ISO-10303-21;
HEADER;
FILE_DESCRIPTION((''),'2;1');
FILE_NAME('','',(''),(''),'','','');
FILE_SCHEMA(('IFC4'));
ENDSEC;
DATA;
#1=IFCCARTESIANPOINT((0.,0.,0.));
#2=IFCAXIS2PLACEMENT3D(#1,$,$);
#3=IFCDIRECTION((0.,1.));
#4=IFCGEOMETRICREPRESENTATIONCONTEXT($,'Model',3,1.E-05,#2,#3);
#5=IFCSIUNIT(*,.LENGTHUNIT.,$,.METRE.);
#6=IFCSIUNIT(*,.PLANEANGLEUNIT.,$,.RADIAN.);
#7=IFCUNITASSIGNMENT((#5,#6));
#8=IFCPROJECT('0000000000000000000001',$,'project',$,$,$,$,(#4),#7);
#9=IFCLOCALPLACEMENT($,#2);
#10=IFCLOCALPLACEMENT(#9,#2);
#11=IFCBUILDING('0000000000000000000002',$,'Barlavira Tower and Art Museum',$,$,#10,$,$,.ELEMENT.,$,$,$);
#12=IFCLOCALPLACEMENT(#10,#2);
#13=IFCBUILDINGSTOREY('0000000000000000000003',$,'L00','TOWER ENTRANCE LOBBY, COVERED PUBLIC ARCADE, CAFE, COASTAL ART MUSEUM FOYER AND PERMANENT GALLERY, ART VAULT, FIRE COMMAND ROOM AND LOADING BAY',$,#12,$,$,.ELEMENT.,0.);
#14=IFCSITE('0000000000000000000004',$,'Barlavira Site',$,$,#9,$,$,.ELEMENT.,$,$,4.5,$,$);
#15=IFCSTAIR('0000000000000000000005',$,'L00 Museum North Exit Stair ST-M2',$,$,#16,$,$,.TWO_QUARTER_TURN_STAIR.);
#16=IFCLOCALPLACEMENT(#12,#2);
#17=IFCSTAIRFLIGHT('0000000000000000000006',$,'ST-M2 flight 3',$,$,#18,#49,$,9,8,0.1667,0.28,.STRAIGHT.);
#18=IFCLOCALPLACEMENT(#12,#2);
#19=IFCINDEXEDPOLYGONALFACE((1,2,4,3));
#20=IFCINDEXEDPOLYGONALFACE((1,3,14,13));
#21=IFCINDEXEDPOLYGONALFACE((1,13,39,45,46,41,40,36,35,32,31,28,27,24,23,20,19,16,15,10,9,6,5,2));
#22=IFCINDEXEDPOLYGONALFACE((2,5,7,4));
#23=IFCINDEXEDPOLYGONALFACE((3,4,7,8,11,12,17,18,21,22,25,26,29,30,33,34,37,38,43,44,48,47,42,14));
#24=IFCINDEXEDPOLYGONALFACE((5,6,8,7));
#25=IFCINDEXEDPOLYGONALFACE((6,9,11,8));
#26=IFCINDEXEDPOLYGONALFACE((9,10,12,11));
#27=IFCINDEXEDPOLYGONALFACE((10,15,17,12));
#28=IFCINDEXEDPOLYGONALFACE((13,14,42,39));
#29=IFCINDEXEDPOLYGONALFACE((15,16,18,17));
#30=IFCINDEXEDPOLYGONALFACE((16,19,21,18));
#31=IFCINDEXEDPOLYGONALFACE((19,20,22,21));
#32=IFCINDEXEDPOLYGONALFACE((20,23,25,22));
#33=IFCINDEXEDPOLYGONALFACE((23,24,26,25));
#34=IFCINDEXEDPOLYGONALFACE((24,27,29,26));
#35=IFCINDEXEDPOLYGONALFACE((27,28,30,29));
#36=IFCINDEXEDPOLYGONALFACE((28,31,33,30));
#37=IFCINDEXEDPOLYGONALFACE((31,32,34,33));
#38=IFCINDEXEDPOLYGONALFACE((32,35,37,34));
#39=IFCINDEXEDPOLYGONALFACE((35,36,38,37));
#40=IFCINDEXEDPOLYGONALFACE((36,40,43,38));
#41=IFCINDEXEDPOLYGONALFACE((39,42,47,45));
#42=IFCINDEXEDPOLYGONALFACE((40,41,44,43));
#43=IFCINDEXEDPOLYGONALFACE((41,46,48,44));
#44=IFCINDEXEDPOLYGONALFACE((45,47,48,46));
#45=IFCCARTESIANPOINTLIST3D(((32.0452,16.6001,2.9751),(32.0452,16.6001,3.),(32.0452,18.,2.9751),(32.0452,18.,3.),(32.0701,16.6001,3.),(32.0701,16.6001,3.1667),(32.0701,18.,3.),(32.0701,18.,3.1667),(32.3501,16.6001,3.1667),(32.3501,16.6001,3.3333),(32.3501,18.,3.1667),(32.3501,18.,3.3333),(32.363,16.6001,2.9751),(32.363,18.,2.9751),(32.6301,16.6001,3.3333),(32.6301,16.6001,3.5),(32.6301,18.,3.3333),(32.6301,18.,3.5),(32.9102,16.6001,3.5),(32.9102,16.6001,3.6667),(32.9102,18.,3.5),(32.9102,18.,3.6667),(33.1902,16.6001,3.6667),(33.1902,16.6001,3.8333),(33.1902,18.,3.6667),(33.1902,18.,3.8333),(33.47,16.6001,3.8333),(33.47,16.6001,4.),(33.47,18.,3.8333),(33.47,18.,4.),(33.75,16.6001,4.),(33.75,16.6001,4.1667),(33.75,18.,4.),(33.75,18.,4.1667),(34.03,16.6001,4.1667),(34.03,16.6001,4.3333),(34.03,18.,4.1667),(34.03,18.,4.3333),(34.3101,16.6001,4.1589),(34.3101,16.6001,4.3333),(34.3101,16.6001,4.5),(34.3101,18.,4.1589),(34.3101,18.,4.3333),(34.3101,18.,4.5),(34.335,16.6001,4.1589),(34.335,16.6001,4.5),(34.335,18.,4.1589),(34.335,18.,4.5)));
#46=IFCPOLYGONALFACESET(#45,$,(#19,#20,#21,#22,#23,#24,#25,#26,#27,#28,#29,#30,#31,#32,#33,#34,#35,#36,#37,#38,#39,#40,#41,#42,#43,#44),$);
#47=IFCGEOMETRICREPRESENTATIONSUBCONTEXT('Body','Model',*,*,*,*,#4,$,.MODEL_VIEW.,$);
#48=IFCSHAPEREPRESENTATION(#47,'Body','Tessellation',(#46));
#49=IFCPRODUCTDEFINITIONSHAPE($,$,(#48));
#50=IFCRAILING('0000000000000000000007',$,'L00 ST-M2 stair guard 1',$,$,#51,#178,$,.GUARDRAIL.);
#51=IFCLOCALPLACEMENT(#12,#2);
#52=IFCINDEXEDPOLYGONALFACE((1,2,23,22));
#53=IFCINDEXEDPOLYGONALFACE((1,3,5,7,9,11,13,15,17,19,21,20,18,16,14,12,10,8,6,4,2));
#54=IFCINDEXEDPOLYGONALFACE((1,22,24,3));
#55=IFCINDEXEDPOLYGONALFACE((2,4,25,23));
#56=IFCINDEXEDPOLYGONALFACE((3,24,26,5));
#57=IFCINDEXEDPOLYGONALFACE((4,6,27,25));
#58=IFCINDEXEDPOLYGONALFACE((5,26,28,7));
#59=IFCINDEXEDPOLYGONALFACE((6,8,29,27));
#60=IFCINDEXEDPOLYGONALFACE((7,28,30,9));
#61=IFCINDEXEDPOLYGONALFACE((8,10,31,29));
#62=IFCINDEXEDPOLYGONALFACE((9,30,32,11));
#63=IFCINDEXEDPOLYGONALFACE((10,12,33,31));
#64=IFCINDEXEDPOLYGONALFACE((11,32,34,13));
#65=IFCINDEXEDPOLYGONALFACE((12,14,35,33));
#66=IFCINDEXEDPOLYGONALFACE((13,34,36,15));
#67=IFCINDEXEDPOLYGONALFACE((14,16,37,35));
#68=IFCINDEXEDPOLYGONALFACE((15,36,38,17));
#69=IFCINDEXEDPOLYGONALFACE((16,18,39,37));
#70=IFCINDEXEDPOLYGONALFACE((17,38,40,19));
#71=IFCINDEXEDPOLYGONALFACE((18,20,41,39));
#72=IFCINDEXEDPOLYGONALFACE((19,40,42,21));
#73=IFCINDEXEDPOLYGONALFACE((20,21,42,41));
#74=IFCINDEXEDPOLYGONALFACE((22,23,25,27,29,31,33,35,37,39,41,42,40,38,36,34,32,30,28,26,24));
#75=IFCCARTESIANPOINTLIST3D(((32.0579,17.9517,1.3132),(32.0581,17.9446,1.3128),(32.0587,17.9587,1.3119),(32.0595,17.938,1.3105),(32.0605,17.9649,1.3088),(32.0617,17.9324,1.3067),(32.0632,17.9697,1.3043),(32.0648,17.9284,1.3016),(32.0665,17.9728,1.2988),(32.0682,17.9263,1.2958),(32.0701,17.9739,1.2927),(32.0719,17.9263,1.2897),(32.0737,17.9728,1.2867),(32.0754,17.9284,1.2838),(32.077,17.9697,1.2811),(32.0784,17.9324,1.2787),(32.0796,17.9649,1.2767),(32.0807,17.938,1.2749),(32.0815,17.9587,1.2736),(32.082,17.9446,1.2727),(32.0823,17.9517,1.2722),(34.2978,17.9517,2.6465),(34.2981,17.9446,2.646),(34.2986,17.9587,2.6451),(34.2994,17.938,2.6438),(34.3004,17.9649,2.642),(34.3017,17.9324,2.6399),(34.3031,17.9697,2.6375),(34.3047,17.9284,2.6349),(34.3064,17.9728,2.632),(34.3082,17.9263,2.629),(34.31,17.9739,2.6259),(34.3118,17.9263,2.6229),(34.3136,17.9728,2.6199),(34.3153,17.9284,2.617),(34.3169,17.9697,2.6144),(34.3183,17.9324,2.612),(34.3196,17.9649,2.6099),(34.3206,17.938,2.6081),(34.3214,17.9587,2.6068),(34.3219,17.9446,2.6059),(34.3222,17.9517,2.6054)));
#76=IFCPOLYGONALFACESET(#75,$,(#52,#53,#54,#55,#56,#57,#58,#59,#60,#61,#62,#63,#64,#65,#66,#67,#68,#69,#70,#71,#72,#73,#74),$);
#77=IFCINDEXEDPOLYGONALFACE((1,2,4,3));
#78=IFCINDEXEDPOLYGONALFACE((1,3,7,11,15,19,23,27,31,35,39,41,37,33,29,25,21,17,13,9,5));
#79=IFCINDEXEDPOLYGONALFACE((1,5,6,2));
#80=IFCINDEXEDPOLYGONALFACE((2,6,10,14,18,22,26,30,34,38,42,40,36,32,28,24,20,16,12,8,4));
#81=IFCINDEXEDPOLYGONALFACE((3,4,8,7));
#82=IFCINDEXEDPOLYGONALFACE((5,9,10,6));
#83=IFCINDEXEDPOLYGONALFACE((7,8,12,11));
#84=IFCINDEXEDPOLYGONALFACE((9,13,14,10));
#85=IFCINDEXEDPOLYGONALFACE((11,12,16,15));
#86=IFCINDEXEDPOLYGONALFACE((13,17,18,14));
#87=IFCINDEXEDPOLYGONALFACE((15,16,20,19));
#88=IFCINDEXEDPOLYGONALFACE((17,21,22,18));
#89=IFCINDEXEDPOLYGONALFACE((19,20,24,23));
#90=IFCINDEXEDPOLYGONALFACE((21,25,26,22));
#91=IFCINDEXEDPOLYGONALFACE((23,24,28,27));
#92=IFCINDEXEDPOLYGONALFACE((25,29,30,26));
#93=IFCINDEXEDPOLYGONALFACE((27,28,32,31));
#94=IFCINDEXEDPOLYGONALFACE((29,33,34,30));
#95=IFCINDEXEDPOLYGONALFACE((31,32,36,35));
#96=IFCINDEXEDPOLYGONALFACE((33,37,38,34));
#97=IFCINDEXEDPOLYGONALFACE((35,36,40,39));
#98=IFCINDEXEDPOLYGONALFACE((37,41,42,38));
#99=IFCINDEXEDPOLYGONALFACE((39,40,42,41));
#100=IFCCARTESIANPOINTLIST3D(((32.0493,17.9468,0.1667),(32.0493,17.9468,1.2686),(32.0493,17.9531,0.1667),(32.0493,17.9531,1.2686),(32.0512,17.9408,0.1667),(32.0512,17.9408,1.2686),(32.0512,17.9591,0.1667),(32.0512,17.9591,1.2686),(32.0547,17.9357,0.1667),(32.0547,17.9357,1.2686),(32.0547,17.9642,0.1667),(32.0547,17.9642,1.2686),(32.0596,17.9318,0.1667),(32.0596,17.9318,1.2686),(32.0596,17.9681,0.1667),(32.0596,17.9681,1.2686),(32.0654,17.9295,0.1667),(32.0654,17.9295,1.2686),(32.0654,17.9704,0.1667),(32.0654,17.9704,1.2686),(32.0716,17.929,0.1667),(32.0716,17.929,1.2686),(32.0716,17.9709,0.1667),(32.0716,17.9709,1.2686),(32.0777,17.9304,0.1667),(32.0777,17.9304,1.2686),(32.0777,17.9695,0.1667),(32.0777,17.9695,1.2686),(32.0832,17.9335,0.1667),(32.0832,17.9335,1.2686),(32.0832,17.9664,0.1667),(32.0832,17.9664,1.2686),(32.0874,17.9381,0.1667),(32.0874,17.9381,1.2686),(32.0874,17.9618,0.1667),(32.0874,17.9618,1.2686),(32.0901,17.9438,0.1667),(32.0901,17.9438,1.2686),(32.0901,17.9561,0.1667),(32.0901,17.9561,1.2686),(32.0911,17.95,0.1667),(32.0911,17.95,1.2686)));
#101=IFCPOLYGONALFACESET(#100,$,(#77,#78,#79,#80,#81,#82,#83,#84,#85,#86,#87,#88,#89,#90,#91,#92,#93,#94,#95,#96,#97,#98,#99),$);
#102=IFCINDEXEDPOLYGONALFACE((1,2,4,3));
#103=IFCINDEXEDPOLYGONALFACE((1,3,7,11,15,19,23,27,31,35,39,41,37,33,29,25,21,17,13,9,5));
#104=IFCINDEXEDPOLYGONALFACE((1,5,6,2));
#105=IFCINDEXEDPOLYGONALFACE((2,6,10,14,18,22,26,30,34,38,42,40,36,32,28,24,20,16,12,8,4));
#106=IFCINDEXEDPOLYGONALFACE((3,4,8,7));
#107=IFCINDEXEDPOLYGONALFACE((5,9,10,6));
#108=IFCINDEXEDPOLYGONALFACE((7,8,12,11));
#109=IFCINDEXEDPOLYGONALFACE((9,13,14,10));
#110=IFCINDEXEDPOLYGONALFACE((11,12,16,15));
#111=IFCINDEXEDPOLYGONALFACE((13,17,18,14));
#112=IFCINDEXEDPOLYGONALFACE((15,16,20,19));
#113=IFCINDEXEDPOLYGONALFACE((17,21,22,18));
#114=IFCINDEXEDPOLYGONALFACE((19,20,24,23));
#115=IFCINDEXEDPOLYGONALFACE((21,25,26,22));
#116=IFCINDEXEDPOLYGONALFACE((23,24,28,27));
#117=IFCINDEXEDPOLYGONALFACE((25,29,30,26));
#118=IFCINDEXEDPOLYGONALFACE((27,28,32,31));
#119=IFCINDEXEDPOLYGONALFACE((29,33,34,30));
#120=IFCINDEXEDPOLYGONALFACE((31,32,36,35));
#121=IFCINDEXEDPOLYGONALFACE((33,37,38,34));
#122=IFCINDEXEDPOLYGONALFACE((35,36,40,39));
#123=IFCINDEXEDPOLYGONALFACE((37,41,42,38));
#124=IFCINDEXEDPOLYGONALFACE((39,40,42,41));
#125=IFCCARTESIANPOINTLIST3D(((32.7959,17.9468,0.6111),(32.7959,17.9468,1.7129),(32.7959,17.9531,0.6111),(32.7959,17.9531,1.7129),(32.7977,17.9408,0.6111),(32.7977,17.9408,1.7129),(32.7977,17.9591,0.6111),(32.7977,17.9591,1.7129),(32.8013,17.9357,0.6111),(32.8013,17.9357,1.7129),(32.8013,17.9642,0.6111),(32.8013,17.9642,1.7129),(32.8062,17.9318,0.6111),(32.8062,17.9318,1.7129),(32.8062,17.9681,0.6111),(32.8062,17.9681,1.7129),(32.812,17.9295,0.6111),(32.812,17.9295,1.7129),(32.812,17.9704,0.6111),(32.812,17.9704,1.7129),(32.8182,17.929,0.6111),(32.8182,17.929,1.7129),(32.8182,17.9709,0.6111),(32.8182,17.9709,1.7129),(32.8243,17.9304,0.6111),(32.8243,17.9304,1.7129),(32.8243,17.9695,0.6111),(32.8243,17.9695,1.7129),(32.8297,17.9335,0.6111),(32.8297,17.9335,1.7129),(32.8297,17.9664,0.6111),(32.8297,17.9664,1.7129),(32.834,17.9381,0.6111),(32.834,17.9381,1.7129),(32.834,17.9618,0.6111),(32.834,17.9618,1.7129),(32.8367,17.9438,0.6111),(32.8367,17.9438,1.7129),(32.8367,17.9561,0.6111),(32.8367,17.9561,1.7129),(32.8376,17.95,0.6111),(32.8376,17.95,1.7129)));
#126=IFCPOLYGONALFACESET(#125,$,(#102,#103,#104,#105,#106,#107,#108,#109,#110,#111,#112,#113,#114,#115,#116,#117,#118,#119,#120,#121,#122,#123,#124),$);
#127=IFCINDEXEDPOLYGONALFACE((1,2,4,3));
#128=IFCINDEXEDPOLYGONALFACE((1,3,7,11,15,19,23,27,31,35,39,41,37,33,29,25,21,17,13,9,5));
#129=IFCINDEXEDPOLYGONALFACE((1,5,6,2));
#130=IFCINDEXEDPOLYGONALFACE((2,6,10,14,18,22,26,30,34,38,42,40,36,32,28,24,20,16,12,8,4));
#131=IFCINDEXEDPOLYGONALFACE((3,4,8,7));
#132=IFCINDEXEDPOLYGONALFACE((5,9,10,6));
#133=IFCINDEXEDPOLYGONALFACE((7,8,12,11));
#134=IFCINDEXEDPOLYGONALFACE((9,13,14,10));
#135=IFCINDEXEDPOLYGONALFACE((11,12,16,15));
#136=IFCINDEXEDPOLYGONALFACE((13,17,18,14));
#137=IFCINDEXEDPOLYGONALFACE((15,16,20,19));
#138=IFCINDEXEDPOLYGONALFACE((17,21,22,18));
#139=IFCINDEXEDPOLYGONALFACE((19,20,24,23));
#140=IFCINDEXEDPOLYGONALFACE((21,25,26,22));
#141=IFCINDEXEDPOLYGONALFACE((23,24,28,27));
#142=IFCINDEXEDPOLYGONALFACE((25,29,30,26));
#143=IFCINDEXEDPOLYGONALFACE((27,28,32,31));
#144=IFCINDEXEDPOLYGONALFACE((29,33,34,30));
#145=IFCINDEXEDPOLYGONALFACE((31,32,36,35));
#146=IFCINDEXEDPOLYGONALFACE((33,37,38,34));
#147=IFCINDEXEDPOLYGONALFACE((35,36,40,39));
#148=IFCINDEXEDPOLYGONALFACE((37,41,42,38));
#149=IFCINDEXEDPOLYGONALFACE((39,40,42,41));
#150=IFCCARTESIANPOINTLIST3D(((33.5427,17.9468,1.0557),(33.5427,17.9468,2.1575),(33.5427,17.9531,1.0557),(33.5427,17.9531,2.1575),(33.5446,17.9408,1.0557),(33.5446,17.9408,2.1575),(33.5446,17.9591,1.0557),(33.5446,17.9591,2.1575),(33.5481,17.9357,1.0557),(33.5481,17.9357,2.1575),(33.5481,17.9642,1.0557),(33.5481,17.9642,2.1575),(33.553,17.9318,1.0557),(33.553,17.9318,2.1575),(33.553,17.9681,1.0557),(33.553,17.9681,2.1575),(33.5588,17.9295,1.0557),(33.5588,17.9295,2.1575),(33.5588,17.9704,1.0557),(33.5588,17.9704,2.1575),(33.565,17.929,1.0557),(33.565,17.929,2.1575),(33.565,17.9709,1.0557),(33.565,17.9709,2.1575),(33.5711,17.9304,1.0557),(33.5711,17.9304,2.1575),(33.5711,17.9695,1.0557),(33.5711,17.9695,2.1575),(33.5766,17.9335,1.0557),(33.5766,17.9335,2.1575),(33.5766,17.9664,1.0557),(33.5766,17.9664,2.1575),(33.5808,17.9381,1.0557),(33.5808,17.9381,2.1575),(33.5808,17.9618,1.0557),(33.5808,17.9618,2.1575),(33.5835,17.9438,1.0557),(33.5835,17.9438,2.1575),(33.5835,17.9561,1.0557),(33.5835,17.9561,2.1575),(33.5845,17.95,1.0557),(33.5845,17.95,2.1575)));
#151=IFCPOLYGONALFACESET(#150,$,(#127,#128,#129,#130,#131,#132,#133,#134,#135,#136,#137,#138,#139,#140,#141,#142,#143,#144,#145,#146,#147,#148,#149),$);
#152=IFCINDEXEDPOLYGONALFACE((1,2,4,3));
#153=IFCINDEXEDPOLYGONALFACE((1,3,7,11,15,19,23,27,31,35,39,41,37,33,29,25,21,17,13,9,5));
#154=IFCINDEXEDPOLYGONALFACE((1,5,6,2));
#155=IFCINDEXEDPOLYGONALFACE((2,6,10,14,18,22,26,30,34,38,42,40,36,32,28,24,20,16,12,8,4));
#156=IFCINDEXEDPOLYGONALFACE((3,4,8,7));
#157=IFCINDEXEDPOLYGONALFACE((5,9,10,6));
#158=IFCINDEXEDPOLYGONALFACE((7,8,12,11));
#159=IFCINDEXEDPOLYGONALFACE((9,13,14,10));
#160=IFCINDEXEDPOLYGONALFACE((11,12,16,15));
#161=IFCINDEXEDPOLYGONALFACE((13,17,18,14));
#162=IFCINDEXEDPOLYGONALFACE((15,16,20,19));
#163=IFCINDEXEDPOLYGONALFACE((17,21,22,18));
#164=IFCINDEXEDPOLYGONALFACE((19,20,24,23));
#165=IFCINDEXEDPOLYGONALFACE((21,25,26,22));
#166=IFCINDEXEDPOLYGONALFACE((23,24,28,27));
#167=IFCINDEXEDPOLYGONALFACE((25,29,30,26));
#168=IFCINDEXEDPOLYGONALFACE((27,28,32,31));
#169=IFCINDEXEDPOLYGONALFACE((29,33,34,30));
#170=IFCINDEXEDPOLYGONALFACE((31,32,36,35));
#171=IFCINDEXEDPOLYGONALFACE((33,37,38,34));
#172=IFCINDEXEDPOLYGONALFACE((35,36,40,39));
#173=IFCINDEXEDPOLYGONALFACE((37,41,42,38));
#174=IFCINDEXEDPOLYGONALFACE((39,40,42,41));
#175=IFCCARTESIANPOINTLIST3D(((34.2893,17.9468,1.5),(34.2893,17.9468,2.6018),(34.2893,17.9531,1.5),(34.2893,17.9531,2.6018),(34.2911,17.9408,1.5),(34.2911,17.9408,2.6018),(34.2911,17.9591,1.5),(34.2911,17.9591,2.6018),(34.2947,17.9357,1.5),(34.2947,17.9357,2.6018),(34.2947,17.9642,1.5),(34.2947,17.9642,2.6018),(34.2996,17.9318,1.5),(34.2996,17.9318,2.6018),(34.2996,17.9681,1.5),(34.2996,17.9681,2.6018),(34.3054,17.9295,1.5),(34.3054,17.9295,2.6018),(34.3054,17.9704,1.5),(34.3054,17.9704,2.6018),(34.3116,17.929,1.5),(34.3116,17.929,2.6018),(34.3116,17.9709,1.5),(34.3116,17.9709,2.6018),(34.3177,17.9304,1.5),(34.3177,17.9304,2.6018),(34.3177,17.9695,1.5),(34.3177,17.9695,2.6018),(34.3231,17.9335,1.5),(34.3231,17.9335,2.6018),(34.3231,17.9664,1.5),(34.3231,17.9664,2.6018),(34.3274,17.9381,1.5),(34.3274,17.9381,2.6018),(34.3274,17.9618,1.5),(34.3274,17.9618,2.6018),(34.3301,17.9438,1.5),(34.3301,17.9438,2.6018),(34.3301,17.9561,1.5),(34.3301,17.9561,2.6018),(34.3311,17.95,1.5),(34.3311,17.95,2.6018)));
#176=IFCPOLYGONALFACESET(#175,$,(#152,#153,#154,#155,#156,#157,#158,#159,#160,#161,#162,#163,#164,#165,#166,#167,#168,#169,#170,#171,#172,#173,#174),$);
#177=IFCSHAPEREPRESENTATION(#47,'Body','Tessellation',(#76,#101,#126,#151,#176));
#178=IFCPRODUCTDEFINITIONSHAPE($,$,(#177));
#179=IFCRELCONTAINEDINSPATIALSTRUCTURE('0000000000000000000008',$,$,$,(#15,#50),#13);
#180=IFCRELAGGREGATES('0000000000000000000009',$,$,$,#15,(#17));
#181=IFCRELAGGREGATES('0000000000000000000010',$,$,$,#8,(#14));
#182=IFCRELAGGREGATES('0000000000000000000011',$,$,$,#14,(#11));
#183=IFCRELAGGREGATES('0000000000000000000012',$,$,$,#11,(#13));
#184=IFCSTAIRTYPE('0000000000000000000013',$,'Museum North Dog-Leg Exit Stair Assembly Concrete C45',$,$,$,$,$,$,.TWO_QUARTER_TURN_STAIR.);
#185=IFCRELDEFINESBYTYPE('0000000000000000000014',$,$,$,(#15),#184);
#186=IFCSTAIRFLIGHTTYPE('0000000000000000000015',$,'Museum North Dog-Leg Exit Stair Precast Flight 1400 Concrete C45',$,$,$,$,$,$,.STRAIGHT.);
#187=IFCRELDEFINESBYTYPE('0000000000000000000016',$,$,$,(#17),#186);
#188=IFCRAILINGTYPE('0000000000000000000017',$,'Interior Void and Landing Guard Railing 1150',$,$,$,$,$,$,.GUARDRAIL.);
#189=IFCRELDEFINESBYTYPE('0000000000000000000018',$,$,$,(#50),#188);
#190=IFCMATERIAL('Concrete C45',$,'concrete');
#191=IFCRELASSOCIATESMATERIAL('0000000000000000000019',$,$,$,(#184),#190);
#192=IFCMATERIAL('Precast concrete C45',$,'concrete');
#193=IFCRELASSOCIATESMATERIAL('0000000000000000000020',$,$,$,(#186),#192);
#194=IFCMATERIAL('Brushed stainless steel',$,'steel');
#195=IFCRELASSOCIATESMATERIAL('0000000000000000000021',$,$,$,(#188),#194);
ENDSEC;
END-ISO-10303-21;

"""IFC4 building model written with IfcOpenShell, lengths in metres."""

from ifc_helpers import new_model, si_unit, direction, frame, origin, origin_2d, place, context, subcontext, project, spatial, polyline, circle, outline, extrude, material, type_object, element, aggregate, save


model = new_model("IFC4")

# Units and contexts
model_context = context("Model", 3, precision=1e-05, world=origin(), true_north=direction((0.0, 1.0)))
body_context = subcontext(model_context, "Body", "Model", "MODEL_VIEW")
ifc_project = project(units=[si_unit("LENGTHUNIT", "METRE"), si_unit("PLANEANGLEUNIT", "RADIAN")], contexts=[model_context])

# Site, building, storey
site_placement = place(None, origin())
site = spatial("IfcSite", under=ifc_project, at=site_placement, Name="Barlavira Site", CompositionType="ELEMENT", RefElevation=4.5)
building_placement = place(site_placement, origin())
building = spatial("IfcBuilding", under=site, at=building_placement, Name="Barlavira Tower and Art Museum", CompositionType="ELEMENT")
storey_placement = place(building_placement, origin())
storey = spatial("IfcBuildingStorey", under=building, at=storey_placement, Name="L00", Description="TOWER ENTRANCE LOBBY, COVERED PUBLIC ARCADE, CAFE, COASTAL ART MUSEUM FOYER AND PERMANENT GALLERY, ART VAULT, FIRE COMMAND ROOM AND LOADING BAY", CompositionType="ELEMENT", Elevation=0.0)

# Shared definitions
ifc_material_1 = material(Name="Brushed stainless steel", Category="steel")

# Stair, stair flight
ifc_material_2 = material(Name="Concrete C45", Category="concrete")
stair_type = type_object("IfcStairType", Name="Museum North Dog-Leg Exit Stair Assembly Concrete C45", PredefinedType="TWO_QUARTER_TURN_STAIR", material=ifc_material_2)
stair_placement = place(storey_placement, origin())
stair = element("IfcStair", 1, at=stair_placement, inside=storey, type_object=stair_type, Name="L00 Museum North Exit Stair ST-M2", PredefinedType="TWO_QUARTER_TURN_STAIR")
ifc_material_3 = material(Name="Precast concrete C45", Category="concrete")
stair_flight_type = type_object("IfcStairFlightType", Name="Museum North Dog-Leg Exit Stair Precast Flight 1400 Concrete C45", PredefinedType="STRAIGHT", material=ifc_material_3)
stair_flight_1_placement = place(storey_placement, frame((32.0701, 17.3, 3.0), z_axis=(0.0, 0.0, 1.0), x_axis=(1.0, 0.0, 0.0)))
stair_flight_1 = element("IfcStairFlight", 2, at=stair_flight_1_placement, type_object=stair_flight_type, Name="ST-M2 flight 3", NumberOfRisers=9, NumberOfTreads=8, PredefinedType="STRAIGHT", RiserHeight=0.1667, TreadLength=0.28, context=body_context, shape_type="SweptSolid", body=[
    extrude(outline(polyline([(-0.0249, 0.0), (0.0, 0.0), (0.0, 0.1667), (0.28, 0.1667), (0.28, 0.3333), (0.5601, 0.3333), (0.5601, 0.5), (0.8401, 0.5), (0.8401, 0.6667), (1.1201, 0.6667), (1.1201, 0.8333), (1.3999, 0.8333), (1.3999, 1.0), (1.6799, 1.0), (1.6799, 1.1667), (1.96, 1.1667), (1.96, 1.3333), (2.24, 1.3333), (2.24, 1.5), (2.2649, 1.5), (2.2649, 1.1589), (2.24, 1.1589), (0.293, -0.0249), (-0.0249, -0.0249), (-0.0249, 0.0)])), frame((0.0, 0.7, 0.0), z_axis=(0.0, -1.0, 0.0), x_axis=(1.0, 0.0, 0.0)), (0.0, 0.0, 1.0), 1.3999),
])
aggregate(stair, [stair_flight_1])

# Railing
railing_type_1 = type_object("IfcRailingType", Name="Interior Void and Landing Guard Railing 1150", PredefinedType="GUARDRAIL", material=ifc_material_1)
railing_1_placement = place(storey_placement, frame((32.0701, 17.95, 0.1667)))
element("IfcRailing", 3, at=railing_1_placement, inside=storey, type_object=railing_type_1, Name="L00 ST-M2 stair guard 1", PredefinedType="GUARDRAIL", context=body_context, shape_type="SweptSolid", body=[
    extrude(circle(Radius=0.0239, at=origin_2d()), frame((0.0, 0.0, 1.126), z_axis=(0.859306, 0.0, 0.511462), x_axis=(0.0, 1.0, 0.0)), (0.0, 0.0, 1.0), 2.6067),
    extrude(circle(Radius=0.021, at=origin_2d()), origin(), (0.0, 0.0, 1.0), 1.1018),
    extrude(circle(Radius=0.021, at=origin_2d()), frame((0.7466, 0.0, 0.4443)), (0.0, 0.0, 1.0), 1.1018),
    extrude(circle(Radius=0.021, at=origin_2d()), frame((1.4934, 0.0, 0.8889)), (0.0, 0.0, 1.0), 1.1018),
    extrude(circle(Radius=0.021, at=origin_2d()), frame((2.24, 0.0, 1.3333)), (0.0, 0.0, 1.0), 1.1018),
])

save(model, "model.ifc")
